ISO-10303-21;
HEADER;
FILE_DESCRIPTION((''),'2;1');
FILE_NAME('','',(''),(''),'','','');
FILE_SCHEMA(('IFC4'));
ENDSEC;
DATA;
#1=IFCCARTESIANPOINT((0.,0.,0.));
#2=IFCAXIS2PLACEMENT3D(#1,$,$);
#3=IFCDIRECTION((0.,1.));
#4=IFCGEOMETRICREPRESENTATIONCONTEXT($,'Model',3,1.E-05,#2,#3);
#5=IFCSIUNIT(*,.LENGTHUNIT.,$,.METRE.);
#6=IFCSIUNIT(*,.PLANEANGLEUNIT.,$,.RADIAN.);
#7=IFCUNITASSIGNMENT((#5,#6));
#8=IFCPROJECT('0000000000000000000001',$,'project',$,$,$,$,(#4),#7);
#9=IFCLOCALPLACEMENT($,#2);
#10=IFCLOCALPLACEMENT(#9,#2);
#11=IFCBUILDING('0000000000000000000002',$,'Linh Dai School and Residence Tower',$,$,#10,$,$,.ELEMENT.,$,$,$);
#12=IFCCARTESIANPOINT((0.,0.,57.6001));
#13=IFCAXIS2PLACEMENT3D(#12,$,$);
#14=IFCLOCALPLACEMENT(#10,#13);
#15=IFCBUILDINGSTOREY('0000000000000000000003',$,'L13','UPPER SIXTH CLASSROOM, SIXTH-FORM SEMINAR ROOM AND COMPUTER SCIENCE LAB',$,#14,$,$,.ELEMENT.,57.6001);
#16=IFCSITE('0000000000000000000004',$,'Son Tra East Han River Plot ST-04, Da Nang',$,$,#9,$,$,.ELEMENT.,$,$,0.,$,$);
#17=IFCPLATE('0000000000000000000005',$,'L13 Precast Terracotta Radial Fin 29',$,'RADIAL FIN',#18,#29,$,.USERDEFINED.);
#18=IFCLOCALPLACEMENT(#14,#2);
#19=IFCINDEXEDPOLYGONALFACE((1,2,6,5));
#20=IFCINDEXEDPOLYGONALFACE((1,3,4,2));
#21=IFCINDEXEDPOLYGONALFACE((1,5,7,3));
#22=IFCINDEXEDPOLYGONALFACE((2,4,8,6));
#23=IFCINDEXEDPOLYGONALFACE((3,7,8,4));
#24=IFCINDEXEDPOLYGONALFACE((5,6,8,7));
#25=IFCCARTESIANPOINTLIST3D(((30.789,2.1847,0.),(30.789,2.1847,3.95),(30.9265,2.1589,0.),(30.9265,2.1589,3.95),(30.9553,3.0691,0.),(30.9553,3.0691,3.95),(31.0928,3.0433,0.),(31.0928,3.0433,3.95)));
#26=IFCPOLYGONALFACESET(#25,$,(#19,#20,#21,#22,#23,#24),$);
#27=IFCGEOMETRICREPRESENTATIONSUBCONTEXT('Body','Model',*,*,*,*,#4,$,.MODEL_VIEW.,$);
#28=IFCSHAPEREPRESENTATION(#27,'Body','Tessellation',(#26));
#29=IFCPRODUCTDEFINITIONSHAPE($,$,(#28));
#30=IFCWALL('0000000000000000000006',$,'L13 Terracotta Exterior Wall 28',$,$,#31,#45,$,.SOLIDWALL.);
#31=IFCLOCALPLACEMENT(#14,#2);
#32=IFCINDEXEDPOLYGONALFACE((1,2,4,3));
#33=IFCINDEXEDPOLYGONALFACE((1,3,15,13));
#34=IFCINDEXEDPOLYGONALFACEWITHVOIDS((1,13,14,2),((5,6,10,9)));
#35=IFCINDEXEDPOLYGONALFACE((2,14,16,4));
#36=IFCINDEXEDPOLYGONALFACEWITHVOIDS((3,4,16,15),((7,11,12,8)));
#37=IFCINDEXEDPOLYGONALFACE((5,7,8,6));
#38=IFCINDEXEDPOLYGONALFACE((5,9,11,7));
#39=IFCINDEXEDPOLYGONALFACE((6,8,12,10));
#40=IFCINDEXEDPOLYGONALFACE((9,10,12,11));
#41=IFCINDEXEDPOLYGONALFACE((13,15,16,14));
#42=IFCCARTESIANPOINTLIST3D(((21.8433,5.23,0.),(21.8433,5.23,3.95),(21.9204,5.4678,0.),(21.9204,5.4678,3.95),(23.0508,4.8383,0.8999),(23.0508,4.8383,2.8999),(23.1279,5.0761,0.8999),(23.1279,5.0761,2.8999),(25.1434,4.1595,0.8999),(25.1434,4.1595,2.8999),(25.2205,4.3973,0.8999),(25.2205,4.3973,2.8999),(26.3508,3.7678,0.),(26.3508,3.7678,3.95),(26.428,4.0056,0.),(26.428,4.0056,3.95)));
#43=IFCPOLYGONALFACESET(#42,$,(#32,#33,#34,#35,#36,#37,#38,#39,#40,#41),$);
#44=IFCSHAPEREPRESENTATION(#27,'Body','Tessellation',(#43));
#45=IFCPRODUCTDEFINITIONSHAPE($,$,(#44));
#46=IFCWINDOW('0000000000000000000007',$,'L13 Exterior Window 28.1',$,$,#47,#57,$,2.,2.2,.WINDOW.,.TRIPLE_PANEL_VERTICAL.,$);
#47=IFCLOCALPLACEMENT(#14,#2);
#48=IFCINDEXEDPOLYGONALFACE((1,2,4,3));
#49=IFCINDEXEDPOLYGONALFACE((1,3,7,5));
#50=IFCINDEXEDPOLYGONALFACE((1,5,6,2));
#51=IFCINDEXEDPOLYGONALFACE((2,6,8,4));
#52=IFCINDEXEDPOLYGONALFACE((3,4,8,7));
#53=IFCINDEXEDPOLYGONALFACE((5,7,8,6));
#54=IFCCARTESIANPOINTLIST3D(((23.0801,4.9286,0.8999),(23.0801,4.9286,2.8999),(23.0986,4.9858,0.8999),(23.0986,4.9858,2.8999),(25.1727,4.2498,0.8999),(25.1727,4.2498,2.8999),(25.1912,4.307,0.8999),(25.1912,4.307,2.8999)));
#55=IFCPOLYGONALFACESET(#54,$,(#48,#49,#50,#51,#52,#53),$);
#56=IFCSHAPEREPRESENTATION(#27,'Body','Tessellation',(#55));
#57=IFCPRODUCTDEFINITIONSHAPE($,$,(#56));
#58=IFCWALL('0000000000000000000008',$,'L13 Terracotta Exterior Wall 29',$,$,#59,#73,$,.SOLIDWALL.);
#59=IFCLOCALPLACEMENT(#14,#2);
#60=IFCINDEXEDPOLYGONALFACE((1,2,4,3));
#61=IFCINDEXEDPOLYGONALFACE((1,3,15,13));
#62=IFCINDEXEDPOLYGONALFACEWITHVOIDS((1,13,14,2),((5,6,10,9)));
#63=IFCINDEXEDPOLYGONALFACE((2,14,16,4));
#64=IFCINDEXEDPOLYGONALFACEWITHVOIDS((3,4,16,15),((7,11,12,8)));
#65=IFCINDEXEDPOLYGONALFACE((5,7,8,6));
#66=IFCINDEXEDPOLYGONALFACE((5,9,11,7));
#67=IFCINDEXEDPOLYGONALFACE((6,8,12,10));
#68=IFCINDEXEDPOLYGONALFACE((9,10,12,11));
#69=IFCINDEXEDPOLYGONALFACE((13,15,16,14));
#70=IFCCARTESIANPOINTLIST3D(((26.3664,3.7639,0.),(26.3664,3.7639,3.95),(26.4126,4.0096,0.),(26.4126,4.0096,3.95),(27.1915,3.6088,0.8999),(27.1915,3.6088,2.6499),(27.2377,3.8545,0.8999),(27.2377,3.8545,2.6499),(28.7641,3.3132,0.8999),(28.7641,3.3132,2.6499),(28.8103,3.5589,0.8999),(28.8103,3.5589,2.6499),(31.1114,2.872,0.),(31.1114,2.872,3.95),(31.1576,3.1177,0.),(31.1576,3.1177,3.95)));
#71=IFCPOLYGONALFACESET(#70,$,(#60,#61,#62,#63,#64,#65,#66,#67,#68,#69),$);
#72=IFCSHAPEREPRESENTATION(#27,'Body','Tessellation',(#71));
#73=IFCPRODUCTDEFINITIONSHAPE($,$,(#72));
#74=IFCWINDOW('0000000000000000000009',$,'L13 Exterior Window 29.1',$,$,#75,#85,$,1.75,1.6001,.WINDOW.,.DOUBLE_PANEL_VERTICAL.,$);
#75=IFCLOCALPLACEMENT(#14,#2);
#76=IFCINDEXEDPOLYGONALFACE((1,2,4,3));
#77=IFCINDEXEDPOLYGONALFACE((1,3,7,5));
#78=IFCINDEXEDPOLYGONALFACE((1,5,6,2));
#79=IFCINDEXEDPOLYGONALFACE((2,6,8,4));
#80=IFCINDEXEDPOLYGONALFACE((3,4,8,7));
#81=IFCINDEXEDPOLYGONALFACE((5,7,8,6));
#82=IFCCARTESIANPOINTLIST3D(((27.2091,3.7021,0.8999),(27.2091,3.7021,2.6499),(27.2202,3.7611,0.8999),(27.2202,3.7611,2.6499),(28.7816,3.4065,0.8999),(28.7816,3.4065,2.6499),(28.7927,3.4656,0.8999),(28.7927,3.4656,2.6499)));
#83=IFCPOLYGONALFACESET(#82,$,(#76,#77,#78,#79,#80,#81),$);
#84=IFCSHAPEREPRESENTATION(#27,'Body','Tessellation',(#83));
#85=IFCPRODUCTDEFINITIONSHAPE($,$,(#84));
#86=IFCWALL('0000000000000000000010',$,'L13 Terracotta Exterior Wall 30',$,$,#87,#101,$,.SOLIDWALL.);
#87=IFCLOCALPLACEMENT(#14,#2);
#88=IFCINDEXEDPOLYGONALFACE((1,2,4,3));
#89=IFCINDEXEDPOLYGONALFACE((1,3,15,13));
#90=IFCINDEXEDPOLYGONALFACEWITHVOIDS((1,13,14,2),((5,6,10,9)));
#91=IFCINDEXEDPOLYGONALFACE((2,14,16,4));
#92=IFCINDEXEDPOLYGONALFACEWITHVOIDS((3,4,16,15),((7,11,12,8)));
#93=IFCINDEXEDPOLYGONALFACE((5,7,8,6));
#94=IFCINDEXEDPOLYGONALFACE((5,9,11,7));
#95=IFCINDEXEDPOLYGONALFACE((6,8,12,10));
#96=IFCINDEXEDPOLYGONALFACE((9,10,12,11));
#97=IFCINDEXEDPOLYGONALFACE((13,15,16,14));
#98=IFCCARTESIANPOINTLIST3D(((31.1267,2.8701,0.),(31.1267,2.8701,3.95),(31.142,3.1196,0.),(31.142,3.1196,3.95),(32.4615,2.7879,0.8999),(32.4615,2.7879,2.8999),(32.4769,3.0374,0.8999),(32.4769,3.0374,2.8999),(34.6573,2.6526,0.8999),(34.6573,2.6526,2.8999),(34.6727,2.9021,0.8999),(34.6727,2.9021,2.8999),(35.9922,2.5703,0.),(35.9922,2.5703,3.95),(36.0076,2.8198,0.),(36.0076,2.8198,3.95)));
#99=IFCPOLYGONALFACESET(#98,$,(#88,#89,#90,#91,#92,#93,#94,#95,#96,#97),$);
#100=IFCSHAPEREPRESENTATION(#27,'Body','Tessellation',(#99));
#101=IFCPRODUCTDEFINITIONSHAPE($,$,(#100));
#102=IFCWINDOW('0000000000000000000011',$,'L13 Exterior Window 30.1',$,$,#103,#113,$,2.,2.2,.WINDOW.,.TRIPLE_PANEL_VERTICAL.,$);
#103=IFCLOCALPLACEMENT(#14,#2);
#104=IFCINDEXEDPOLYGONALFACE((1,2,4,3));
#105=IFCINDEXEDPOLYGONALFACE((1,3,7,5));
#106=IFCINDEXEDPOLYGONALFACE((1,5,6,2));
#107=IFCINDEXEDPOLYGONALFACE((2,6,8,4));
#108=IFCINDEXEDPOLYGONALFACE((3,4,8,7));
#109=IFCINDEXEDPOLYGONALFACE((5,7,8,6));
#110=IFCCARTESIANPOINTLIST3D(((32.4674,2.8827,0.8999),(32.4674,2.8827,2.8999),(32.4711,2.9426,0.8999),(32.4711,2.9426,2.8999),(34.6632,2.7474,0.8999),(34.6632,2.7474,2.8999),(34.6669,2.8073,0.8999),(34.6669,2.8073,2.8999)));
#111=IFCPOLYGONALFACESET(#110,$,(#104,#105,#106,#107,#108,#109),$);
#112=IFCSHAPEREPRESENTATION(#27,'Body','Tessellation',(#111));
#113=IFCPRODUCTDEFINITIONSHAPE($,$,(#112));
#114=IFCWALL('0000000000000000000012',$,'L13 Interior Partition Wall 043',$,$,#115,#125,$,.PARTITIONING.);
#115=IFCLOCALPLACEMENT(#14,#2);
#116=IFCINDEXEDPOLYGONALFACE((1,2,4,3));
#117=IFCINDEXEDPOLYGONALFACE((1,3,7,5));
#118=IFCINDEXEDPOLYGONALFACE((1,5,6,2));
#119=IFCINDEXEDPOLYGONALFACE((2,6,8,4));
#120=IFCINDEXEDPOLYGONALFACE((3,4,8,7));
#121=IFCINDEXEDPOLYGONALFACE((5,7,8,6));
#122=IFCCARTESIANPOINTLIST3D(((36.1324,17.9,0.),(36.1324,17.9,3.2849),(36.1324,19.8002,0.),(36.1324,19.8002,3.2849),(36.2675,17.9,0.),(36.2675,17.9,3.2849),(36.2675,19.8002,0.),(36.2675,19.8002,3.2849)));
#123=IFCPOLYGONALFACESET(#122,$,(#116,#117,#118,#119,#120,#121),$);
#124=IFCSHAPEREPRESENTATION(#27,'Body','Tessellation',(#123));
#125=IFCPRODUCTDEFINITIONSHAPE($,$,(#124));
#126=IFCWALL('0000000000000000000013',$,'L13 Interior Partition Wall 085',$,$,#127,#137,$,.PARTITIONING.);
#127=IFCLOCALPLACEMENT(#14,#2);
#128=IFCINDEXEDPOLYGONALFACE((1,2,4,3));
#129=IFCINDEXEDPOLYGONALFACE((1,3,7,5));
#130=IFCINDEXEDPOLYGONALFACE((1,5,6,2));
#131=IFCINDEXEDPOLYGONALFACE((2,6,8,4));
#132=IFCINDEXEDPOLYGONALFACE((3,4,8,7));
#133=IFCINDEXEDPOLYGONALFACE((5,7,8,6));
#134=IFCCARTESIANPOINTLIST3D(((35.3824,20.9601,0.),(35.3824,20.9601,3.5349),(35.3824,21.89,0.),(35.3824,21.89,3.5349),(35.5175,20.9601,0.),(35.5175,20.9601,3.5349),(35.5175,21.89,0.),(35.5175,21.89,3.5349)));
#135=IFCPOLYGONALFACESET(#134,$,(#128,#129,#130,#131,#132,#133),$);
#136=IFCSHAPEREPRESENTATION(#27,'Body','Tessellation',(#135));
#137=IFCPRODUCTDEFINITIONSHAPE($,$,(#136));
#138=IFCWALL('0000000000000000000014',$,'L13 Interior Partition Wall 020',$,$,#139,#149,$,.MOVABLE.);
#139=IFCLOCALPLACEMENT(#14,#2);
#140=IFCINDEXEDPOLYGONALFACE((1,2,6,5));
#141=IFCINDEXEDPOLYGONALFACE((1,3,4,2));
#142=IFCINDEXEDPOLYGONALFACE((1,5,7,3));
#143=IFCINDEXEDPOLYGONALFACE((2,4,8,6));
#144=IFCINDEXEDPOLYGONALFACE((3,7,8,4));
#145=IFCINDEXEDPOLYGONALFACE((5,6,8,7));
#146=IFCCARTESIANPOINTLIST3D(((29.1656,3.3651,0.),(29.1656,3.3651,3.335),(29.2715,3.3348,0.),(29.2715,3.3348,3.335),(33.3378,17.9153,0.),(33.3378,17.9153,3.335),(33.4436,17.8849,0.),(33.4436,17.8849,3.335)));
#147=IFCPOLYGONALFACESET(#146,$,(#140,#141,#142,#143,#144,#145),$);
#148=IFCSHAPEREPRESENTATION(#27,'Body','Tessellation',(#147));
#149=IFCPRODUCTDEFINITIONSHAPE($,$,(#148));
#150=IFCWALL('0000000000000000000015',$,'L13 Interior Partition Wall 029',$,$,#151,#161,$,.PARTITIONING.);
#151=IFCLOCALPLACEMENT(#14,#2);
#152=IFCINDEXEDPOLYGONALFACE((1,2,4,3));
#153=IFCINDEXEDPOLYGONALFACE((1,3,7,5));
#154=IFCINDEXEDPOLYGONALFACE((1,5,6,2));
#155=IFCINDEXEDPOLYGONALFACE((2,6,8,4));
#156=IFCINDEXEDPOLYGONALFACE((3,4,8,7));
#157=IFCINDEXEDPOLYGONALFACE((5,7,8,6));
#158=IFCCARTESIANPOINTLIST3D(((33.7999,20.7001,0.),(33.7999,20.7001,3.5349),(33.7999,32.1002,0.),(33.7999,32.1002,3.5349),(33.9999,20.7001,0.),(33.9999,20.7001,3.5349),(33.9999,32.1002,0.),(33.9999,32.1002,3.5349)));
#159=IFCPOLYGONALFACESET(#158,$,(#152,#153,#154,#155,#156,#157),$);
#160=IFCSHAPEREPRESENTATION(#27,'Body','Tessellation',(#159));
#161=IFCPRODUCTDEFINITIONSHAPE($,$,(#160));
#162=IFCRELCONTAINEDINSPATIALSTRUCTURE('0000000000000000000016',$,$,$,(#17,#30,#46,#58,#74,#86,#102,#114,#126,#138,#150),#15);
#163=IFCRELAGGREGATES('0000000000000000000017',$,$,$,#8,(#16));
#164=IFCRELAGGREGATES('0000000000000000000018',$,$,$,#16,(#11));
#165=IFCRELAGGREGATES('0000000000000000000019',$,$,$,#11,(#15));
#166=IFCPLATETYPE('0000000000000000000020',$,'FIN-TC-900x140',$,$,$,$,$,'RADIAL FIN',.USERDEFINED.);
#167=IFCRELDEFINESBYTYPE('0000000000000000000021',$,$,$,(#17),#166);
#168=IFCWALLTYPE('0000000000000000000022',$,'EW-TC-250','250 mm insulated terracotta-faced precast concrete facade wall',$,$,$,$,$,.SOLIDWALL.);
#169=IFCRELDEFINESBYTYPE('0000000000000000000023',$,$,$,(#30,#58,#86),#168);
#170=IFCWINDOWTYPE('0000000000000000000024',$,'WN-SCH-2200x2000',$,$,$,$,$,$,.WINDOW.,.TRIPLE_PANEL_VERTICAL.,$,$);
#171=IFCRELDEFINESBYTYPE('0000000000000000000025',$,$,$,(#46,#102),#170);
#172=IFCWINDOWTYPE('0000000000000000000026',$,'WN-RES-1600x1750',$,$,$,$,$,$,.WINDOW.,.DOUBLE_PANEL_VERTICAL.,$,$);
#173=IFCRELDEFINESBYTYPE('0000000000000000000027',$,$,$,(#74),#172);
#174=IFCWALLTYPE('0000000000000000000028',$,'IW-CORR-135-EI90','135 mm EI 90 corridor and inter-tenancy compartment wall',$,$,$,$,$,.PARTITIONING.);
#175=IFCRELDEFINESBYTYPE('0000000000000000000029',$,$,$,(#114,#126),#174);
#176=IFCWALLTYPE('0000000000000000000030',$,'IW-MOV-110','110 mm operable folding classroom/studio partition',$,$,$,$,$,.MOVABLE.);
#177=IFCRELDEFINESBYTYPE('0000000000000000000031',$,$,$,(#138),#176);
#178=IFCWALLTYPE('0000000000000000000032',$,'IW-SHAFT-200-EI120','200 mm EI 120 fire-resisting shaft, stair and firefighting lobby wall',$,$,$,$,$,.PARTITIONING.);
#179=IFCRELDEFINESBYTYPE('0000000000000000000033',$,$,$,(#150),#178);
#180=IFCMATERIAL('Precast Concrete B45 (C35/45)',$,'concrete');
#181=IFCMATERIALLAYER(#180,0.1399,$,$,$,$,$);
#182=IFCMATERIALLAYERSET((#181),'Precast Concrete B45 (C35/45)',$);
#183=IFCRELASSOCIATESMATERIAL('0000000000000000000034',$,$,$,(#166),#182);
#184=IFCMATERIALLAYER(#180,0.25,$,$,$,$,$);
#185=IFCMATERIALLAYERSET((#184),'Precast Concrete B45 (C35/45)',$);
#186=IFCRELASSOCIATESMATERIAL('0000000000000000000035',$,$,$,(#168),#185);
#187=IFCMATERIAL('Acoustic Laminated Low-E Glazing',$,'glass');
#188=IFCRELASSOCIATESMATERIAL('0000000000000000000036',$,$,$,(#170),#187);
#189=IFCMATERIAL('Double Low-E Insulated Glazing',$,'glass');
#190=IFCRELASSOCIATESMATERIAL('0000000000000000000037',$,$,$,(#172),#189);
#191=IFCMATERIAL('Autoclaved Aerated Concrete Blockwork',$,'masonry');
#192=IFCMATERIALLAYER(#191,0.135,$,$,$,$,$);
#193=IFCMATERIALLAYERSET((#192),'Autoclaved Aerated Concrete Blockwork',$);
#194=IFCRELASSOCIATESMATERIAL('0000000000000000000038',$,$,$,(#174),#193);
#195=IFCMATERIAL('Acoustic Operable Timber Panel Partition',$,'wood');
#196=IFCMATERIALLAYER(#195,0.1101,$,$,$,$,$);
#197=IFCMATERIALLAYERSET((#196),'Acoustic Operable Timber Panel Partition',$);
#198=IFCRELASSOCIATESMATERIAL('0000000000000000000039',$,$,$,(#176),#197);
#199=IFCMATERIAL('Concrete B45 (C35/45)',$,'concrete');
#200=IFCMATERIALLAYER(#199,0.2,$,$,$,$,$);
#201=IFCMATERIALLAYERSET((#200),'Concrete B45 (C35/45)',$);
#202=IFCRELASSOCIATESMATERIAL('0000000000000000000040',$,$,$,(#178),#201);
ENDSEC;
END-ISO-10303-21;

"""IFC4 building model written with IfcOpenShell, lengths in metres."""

from ifc_helpers import new_model, si_unit, direction, frame, frame_2d, origin, origin_2d, place, context, subcontext, project, spatial, rectangle, extrude, source, transform, mapped, material, layer, layer_set, type_object, element, fill, save


model = new_model("IFC4")

# Units and contexts
model_context = context("Model", 3, precision=1e-05, world=origin(), true_north=direction((0.0, 1.0)))
body_context = subcontext(model_context, "Body", "Model", "MODEL_VIEW")
ifc_project = project(units=[si_unit("LENGTHUNIT", "METRE"), si_unit("PLANEANGLEUNIT", "RADIAN")], contexts=[model_context])

# Site, building, storey
site_placement = place(None, origin())
site = spatial("IfcSite", under=ifc_project, at=site_placement, Name="Son Tra East Han River Plot ST-04, Da Nang", CompositionType="ELEMENT", RefElevation=0.0)
building_placement = place(site_placement, origin())
building = spatial("IfcBuilding", under=site, at=building_placement, Name="Linh Dai School and Residence Tower", CompositionType="ELEMENT")
storey_placement = place(building_placement, frame((0.0, 0.0, 57.6001)))
storey = spatial("IfcBuildingStorey", under=building, at=storey_placement, Name="L13", Description="UPPER SIXTH CLASSROOM, SIXTH-FORM SEMINAR ROOM AND COMPUTER SCIENCE LAB", CompositionType="ELEMENT", Elevation=57.6001)

# Plate
ifc_material_1 = material(Name="Precast Concrete B45 (C35/45)", Category="concrete")
ifc_layer_1 = layer(ifc_material_1, 0.1399)
ifc_layer_set_1 = layer_set([ifc_layer_1], Name="Precast Concrete B45 (C35/45)")
plate_type = type_object("IfcPlateType", Name="FIN-TC-900x140", ElementType="RADIAL FIN", PredefinedType="USERDEFINED", material=ifc_layer_set_1)
shared_shape_1 = source(origin(), body_context, "Body", "SweptSolid", [
    extrude(rectangle(XDim=0.8999, YDim=0.1399, at=origin_2d()), origin(), (0.0, 0.0, 1.0), 3.95),
])
plate_placement = place(storey_placement, frame((30.9409, 2.614, 0.0), z_axis=(0.0, 0.0, 1.0), x_axis=(-0.184748, -0.982786, 0.0)))
element("IfcPlate", 1, at=plate_placement, inside=storey, type_object=plate_type, Name="L13 Precast Terracotta Radial Fin 29", ObjectType="RADIAL FIN", PredefinedType="USERDEFINED", context=body_context, shape_type="MappedRepresentation", body=[
    mapped(shared_shape_1, transform((0.0, 0.0, 0.0), x_axis=(1.0, 0.0, 0.0), y_axis=(0.0, 1.0, 0.0), z_axis=(0.0, 0.0, 1.0), scale=1.0)),
])

# Walls, openings, windows
ifc_layer_2 = layer(ifc_material_1, 0.25)
ifc_layer_set_2 = layer_set([ifc_layer_2], Name="Precast Concrete B45 (C35/45)")
wall_type_1 = type_object("IfcWallType", Name="EW-TC-250", Description="250 mm insulated terracotta-faced precast concrete facade wall", PredefinedType="SOLIDWALL", material=ifc_layer_set_2)
wall_1_placement = place(storey_placement, frame((26.3894, 3.8867, 0.0), z_axis=(0.0, 0.0, 1.0), x_axis=(-0.951208, 0.308551, 0.0)))
wall_1 = element("IfcWall", 2, at=wall_1_placement, inside=storey, type_object=wall_type_1, Name="L13 Terracotta Exterior Wall 28", PredefinedType="SOLIDWALL", context=body_context, shape_type="SweptSolid", body=[
    extrude(rectangle(XDim=4.7388, YDim=0.25, at=frame_2d((2.3694, 0.0))), origin(), (0.0, 0.0, 1.0), 3.95),
])
opening_1_placement = place(wall_1_placement, frame((1.2693, 0.0, 0.8999)))
opening_1 = element("IfcOpeningElement", 3, at=opening_1_placement, cuts=wall_1, PredefinedType="OPENING", context=body_context, shape_type="SweptSolid", body=[
    extrude(rectangle(XDim=2.2, YDim=2.0, at=origin_2d()), frame((1.1001, 0.135, 1.0), z_axis=(0.0, -1.0, 0.0), x_axis=(1.0, 0.0, 0.0)), (0.0, 0.0, 1.0), 0.27),
])
ifc_material_2 = material(Name="Acoustic Laminated Low-E Glazing", Category="glass")
window_type_1 = type_object("IfcWindowType", Name="WN-SCH-2200x2000", PartitioningType="TRIPLE_PANEL_VERTICAL", PredefinedType="WINDOW", material=ifc_material_2)
shared_shape_2 = source(origin(), body_context, "Body", "SweptSolid", [
    extrude(rectangle(XDim=2.2, YDim=2.0, at=origin_2d()), frame((1.1001, 0.03, 1.0), z_axis=(0.0, -1.0, 0.0), x_axis=(1.0, 0.0, 0.0)), (0.0, 0.0, 1.0), 0.0601),
])
window_1_placement = place(opening_1_placement, origin())
window_1 = element("IfcWindow", 4, at=window_1_placement, inside=storey, type_object=window_type_1, Name="L13 Exterior Window 28.1", OverallHeight=2.0, OverallWidth=2.2, PartitioningType="TRIPLE_PANEL_VERTICAL", PredefinedType="WINDOW", context=body_context, shape_type="MappedRepresentation", body=[
    mapped(shared_shape_2, transform((0.0, 0.0, 0.0), x_axis=(1.0, 0.0, 0.0), y_axis=(0.0, 1.0, 0.0), z_axis=(0.0, 0.0, 1.0), scale=1.0)),
])
fill(opening_1, window_1)
wall_2_placement = place(storey_placement, frame((31.1345, 2.9949, 0.0), z_axis=(0.0, 0.0, 1.0), x_axis=(-0.982792, 0.184716, 0.0)))
wall_2 = element("IfcWall", 5, at=wall_2_placement, inside=storey, type_object=wall_type_1, Name="L13 Terracotta Exterior Wall 29", PredefinedType="SOLIDWALL", context=body_context, shape_type="SweptSolid", body=[
    extrude(rectangle(XDim=4.8281, YDim=0.25, at=frame_2d((2.4141, 0.0))), origin(), (0.0, 0.0, 1.0), 3.95),
])
opening_2_placement = place(wall_2_placement, frame((2.3884, 0.0, 0.8999)))
opening_2 = element("IfcOpeningElement", 6, at=opening_2_placement, cuts=wall_2, PredefinedType="OPENING", context=body_context, shape_type="SweptSolid", body=[
    extrude(rectangle(XDim=1.6001, YDim=1.75, at=origin_2d()), frame((0.8, 0.135, 0.875), z_axis=(0.0, -1.0, 0.0), x_axis=(1.0, 0.0, 0.0)), (0.0, 0.0, 1.0), 0.27),
])
ifc_material_3 = material(Name="Double Low-E Insulated Glazing", Category="glass")
window_type_2 = type_object("IfcWindowType", Name="WN-RES-1600x1750", PartitioningType="DOUBLE_PANEL_VERTICAL", PredefinedType="WINDOW", material=ifc_material_3)
shared_shape_3 = source(origin(), body_context, "Body", "SweptSolid", [
    extrude(rectangle(XDim=1.6001, YDim=1.75, at=origin_2d()), frame((0.8, 0.03, 0.875), z_axis=(0.0, -1.0, 0.0), x_axis=(1.0, 0.0, 0.0)), (0.0, 0.0, 1.0), 0.0601),
])
window_2_placement = place(opening_2_placement, origin())
window_2 = element("IfcWindow", 7, at=window_2_placement, inside=storey, type_object=window_type_2, Name="L13 Exterior Window 29.1", OverallHeight=1.75, OverallWidth=1.6001, PartitioningType="DOUBLE_PANEL_VERTICAL", PredefinedType="WINDOW", context=body_context, shape_type="MappedRepresentation", body=[
    mapped(shared_shape_3, transform((0.0, 0.0, 0.0), x_axis=(1.0, 0.0, 0.0), y_axis=(0.0, 1.0, 0.0), z_axis=(0.0, 0.0, 1.0), scale=1.0)),
])
fill(opening_2, window_2)
wall_3_placement = place(storey_placement, frame((36.0, 2.6951, 0.0), z_axis=(0.0, 0.0, 1.0), x_axis=(-0.998107, 0.061502, 0.0)))
wall_3 = element("IfcWall", 8, at=wall_3_placement, inside=storey, type_object=wall_type_1, Name="L13 Terracotta Exterior Wall 30", PredefinedType="SOLIDWALL", context=body_context, shape_type="SweptSolid", body=[
    extrude(rectangle(XDim=4.8748, YDim=0.25, at=frame_2d((2.4375, 0.0))), origin(), (0.0, 0.0, 1.0), 3.95),
])
opening_3_placement = place(wall_3_placement, frame((1.3374, 0.0, 0.8999)))
opening_3 = element("IfcOpeningElement", 9, at=opening_3_placement, cuts=wall_3, PredefinedType="OPENING", context=body_context, shape_type="SweptSolid", body=[
    extrude(rectangle(XDim=2.2, YDim=2.0, at=origin_2d()), frame((1.1001, 0.135, 1.0), z_axis=(0.0, -1.0, 0.0), x_axis=(1.0, 0.0, 0.0)), (0.0, 0.0, 1.0), 0.27),
])
window_3_placement = place(opening_3_placement, origin())
window_3 = element("IfcWindow", 10, at=window_3_placement, inside=storey, type_object=window_type_1, Name="L13 Exterior Window 30.1", OverallHeight=2.0, OverallWidth=2.2, PartitioningType="TRIPLE_PANEL_VERTICAL", PredefinedType="WINDOW", context=body_context, shape_type="MappedRepresentation", body=[
    mapped(shared_shape_2, transform((0.0, 0.0, 0.0), x_axis=(1.0, 0.0, 0.0), y_axis=(0.0, 1.0, 0.0), z_axis=(0.0, 0.0, 1.0), scale=1.0)),
])
fill(opening_3, window_3)

# Walls
ifc_material_4 = material(Name="Autoclaved Aerated Concrete Blockwork", Category="masonry")
ifc_layer_3 = layer(ifc_material_4, 0.135)
ifc_layer_set_3 = layer_set([ifc_layer_3], Name="Autoclaved Aerated Concrete Blockwork")
wall_type_2 = type_object("IfcWallType", Name="IW-CORR-135-EI90", Description="135 mm EI 90 corridor and inter-tenancy compartment wall", PredefinedType="PARTITIONING", material=ifc_layer_set_3)
wall_4_placement = place(storey_placement, frame((36.2, 17.8999, 0.0), z_axis=(0.0, 0.0, 1.0), x_axis=(0.0, 1.0, 0.0)))
element("IfcWall", 11, at=wall_4_placement, inside=storey, type_object=wall_type_2, Name="L13 Interior Partition Wall 043", PredefinedType="PARTITIONING", context=body_context, shape_type="SweptSolid", body=[
    extrude(rectangle(XDim=1.9001, YDim=0.135, at=frame_2d((0.9502, 0.0))), origin(), (0.0, 0.0, 1.0), 3.2849),
])
wall_5_placement = place(storey_placement, frame((35.45, 21.8899, 0.0), z_axis=(0.0, 0.0, 1.0), x_axis=(0.0, -1.0, 0.0)))
element("IfcWall", 12, at=wall_5_placement, inside=storey, type_object=wall_type_2, Name="L13 Interior Partition Wall 085", PredefinedType="PARTITIONING", context=body_context, shape_type="SweptSolid", body=[
    extrude(rectangle(XDim=0.9299, YDim=0.135, at=frame_2d((0.4648, 0.0))), origin(), (0.0, 0.0, 1.0), 3.5349),
])
ifc_material_5 = material(Name="Acoustic Operable Timber Panel Partition", Category="wood")
ifc_layer_4 = layer(ifc_material_5, 0.1101)
ifc_layer_set_4 = layer_set([ifc_layer_4], Name="Acoustic Operable Timber Panel Partition")
wall_type_3 = type_object("IfcWallType", Name="IW-MOV-110", Description="110 mm operable folding classroom/studio partition", PredefinedType="MOVABLE", material=ifc_layer_set_4)
wall_6_placement = place(storey_placement, frame((29.2185, 3.3499, 0.0), z_axis=(0.0, 0.0, 1.0), x_axis=(0.275635, 0.961262, 0.0)))
element("IfcWall", 13, at=wall_6_placement, inside=storey, type_object=wall_type_3, Name="L13 Interior Partition Wall 020", PredefinedType="MOVABLE", context=body_context, shape_type="SweptSolid", body=[
    extrude(rectangle(XDim=15.1365, YDim=0.1101, at=frame_2d((7.5684, 0.0))), origin(), (0.0, 0.0, 1.0), 3.335),
])
ifc_material_6 = material(Name="Concrete B45 (C35/45)", Category="concrete")
ifc_layer_5 = layer(ifc_material_6, 0.2)
ifc_layer_set_5 = layer_set([ifc_layer_5], Name="Concrete B45 (C35/45)")
wall_type_4 = type_object("IfcWallType", Name="IW-SHAFT-200-EI120", Description="200 mm EI 120 fire-resisting shaft, stair and firefighting lobby wall", PredefinedType="PARTITIONING", material=ifc_layer_set_5)
wall_7_placement = place(storey_placement, frame((33.8999, 20.7, 0.0), z_axis=(0.0, 0.0, 1.0), x_axis=(0.0, 1.0, 0.0)))
element("IfcWall", 14, at=wall_7_placement, inside=storey, type_object=wall_type_4, Name="L13 Interior Partition Wall 029", PredefinedType="PARTITIONING", context=body_context, shape_type="SweptSolid", body=[
    extrude(rectangle(XDim=11.4001, YDim=0.2, at=frame_2d((5.7002, 0.0))), origin(), (0.0, 0.0, 1.0), 3.5349),
])

save(model, "model.ifc")
